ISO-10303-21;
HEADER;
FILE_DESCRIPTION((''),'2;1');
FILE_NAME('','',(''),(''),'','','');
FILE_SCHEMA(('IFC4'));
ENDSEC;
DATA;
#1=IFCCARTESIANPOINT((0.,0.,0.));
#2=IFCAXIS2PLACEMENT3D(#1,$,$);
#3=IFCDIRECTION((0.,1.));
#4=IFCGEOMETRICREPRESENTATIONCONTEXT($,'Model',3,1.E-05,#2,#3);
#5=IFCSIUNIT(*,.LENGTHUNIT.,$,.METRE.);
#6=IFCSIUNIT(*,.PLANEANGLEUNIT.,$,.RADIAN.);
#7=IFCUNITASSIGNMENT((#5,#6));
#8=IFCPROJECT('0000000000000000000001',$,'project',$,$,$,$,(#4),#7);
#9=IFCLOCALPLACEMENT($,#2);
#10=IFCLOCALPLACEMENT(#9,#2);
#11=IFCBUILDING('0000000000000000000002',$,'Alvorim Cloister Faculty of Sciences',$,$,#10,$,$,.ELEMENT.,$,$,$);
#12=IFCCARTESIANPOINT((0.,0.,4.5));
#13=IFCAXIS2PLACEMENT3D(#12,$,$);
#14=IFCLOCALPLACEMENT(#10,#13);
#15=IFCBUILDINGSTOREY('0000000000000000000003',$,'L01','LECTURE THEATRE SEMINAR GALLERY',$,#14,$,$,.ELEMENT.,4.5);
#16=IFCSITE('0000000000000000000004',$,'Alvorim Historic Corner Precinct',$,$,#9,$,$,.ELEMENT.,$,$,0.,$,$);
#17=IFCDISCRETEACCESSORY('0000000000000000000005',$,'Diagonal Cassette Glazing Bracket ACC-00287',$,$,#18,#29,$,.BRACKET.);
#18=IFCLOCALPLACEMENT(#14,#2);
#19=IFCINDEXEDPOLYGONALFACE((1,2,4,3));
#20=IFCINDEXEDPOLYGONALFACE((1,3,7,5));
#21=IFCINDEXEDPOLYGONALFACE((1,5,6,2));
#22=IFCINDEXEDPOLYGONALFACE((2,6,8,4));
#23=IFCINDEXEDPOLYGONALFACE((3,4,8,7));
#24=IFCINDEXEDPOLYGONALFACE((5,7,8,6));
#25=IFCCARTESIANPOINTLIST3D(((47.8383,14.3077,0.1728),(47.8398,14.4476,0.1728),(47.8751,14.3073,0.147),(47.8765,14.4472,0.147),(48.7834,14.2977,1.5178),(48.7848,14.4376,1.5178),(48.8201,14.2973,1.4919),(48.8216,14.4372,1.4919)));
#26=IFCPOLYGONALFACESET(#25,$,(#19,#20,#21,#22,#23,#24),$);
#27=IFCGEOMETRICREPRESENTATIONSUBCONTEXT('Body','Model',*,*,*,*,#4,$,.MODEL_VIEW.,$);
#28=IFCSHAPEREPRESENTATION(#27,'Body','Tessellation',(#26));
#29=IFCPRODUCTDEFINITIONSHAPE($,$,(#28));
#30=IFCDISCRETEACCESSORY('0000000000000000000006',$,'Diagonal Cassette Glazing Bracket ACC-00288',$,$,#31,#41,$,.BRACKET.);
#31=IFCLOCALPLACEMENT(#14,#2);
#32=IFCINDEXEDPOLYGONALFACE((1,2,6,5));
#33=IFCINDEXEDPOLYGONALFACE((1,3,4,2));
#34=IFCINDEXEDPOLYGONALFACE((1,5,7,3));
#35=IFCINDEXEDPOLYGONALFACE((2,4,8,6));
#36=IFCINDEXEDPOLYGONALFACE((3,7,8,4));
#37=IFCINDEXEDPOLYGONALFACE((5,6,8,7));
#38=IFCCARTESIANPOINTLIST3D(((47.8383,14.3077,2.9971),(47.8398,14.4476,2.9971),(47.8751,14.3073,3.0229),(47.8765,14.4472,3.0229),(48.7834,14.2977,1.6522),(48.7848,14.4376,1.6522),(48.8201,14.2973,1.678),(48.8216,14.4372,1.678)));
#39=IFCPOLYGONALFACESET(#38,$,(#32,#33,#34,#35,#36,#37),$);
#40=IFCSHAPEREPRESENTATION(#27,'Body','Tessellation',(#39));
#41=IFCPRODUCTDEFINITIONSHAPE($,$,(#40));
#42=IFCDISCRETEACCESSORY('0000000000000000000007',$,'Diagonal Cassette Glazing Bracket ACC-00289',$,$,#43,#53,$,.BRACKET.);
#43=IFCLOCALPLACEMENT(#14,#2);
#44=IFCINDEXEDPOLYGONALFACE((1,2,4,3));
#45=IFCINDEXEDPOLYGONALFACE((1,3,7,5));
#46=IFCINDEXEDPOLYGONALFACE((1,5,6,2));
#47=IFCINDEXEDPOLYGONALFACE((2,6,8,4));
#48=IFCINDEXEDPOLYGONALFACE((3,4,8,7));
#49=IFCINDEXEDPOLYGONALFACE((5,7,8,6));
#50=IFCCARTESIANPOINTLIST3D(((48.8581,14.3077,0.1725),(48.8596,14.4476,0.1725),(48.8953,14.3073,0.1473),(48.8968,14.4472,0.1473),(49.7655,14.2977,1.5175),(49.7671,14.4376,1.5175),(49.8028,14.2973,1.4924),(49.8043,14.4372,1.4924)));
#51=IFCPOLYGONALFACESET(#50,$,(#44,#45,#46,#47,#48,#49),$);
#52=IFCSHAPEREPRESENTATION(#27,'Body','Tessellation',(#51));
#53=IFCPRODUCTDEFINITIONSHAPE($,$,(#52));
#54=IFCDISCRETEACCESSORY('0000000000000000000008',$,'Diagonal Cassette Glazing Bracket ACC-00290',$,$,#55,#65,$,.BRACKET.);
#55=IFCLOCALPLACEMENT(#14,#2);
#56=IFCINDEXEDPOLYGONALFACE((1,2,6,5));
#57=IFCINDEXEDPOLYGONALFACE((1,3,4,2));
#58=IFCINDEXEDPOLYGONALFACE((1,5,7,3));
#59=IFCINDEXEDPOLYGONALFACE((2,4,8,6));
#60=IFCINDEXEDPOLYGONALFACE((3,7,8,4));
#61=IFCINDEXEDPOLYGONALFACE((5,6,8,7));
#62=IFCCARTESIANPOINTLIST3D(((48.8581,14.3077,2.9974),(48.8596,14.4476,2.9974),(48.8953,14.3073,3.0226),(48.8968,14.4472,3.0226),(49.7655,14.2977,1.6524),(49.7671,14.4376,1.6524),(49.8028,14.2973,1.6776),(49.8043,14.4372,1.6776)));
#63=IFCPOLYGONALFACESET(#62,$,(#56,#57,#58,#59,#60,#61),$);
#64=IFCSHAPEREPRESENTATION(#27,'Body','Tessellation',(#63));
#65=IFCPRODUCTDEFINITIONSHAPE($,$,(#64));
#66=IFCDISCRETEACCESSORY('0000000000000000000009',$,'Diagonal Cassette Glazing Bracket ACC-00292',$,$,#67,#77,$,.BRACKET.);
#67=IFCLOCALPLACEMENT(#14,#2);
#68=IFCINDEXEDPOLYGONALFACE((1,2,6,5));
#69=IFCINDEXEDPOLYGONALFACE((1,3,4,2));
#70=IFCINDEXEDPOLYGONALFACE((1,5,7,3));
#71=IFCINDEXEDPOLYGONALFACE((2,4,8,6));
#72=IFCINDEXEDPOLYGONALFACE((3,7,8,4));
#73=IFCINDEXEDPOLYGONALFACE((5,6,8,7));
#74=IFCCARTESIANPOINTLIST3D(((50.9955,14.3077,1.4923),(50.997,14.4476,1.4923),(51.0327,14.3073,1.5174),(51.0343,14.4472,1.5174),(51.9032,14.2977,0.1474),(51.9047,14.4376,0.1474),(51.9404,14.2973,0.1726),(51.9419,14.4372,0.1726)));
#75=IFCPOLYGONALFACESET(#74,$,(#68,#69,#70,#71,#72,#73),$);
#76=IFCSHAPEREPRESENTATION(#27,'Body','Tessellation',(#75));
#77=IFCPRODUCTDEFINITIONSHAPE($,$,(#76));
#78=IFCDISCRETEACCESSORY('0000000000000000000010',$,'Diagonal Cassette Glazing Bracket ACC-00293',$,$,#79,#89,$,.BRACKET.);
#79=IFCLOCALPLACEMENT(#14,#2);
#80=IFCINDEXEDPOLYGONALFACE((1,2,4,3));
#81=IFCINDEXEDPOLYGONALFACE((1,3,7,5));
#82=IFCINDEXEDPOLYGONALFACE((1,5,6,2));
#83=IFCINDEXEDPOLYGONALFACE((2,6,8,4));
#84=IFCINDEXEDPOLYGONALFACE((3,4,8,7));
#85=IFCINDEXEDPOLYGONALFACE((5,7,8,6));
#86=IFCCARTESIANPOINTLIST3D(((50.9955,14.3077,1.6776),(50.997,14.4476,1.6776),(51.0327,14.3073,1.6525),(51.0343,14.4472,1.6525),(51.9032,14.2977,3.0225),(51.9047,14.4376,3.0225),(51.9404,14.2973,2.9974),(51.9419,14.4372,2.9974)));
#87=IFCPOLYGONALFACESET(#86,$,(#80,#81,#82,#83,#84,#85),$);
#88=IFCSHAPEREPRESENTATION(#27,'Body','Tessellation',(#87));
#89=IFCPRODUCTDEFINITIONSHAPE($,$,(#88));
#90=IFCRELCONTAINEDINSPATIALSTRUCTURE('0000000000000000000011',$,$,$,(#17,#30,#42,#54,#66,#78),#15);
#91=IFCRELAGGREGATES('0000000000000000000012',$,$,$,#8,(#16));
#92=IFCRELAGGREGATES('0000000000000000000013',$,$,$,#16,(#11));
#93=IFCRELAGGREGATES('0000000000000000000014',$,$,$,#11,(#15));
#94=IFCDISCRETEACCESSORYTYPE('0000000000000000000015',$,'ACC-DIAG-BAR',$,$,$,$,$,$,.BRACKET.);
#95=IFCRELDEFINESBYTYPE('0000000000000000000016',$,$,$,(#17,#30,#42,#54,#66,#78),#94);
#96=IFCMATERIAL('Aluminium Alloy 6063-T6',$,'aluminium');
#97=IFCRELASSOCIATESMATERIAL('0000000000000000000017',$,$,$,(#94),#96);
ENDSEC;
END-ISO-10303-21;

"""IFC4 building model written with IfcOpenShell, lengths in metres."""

from ifc_helpers import new_model, si_unit, direction, frame, origin, origin_2d, place, context, subcontext, project, spatial, rectangle, extrude, material, type_object, element, save


model = new_model("IFC4")

# Units and contexts
model_context = context("Model", 3, precision=1e-05, world=origin(), true_north=direction((0.0, 1.0)))
body_context = subcontext(model_context, "Body", "Model", "MODEL_VIEW")
ifc_project = project(units=[si_unit("LENGTHUNIT", "METRE"), si_unit("PLANEANGLEUNIT", "RADIAN")], contexts=[model_context])

# Site, building, storey
site_placement = place(None, origin())
site = spatial("IfcSite", under=ifc_project, at=site_placement, Name="Alvorim Historic Corner Precinct", CompositionType="ELEMENT", RefElevation=0.0)
building_placement = place(site_placement, origin())
building = spatial("IfcBuilding", under=site, at=building_placement, Name="Alvorim Cloister Faculty of Sciences", CompositionType="ELEMENT")
storey_placement = place(building_placement, frame((0.0, 0.0, 4.5)))
storey = spatial("IfcBuildingStorey", under=building, at=storey_placement, Name="L01", Description="LECTURE THEATRE SEMINAR GALLERY", CompositionType="ELEMENT", Elevation=4.5)

# Discrete accessories
ifc_material_1 = material(Name="Aluminium Alloy 6063-T6", Category="aluminium")
discrete_accessory_type = type_object("IfcDiscreteAccessoryType", Name="ACC-DIAG-BAR", PredefinedType="BRACKET", material=ifc_material_1)
for number, where, z_axis, x_axis, name in (
    (1, (47.8574, 14.3774, 0.1599), (0.574916, -0.006089, 0.81819), (0.010591, 0.999944, 0.0), "Diagonal Cassette Glazing Bracket ACC-00287"),
    (2, (47.8574, 14.3774, 3.01), (0.574916, -0.006089, -0.81819), (0.010591, 0.999944, 0.0), "Diagonal Cassette Glazing Bracket ACC-00288"),
):
    element("IfcDiscreteAccessory", number, at=place(storey_placement, frame(where, z_axis=z_axis, x_axis=x_axis)), inside=storey, type_object=discrete_accessory_type, Name=name, PredefinedType="BRACKET", context=body_context, shape_type="SweptSolid", body=[
        extrude(rectangle(XDim=0.1399, YDim=0.0449, at=origin_2d()), origin(), (0.0, 0.0, 1.0), 1.6438),
    ])
for number, where, z_axis, x_axis, name in (
    (3, (48.8774, 14.3774, 0.1599), (0.559299, -0.006169, 0.828943), (0.01103, 0.999939, 0.0), "Diagonal Cassette Glazing Bracket ACC-00289"),
    (4, (48.8774, 14.3774, 3.01), (0.559299, -0.006169, -0.828943), (0.01103, 0.999939, 0.0), "Diagonal Cassette Glazing Bracket ACC-00290"),
    (5, (51.0149, 14.3774, 1.5049), (0.559403, -0.006169, -0.828873), (0.011027, 0.999939, 0.0), "Diagonal Cassette Glazing Bracket ACC-00292"),
    (6, (51.0149, 14.3774, 1.665), (0.559403, -0.006169, 0.828873), (0.011027, 0.999939, 0.0), "Diagonal Cassette Glazing Bracket ACC-00293"),
):
    element("IfcDiscreteAccessory", number, at=place(storey_placement, frame(where, z_axis=z_axis, x_axis=x_axis)), inside=storey, type_object=discrete_accessory_type, Name=name, PredefinedType="BRACKET", context=body_context, shape_type="SweptSolid", body=[
        extrude(rectangle(XDim=0.1399, YDim=0.0449, at=origin_2d()), origin(), (0.0, 0.0, 1.0), 1.6226),
    ])

save(model, "model.ifc")
